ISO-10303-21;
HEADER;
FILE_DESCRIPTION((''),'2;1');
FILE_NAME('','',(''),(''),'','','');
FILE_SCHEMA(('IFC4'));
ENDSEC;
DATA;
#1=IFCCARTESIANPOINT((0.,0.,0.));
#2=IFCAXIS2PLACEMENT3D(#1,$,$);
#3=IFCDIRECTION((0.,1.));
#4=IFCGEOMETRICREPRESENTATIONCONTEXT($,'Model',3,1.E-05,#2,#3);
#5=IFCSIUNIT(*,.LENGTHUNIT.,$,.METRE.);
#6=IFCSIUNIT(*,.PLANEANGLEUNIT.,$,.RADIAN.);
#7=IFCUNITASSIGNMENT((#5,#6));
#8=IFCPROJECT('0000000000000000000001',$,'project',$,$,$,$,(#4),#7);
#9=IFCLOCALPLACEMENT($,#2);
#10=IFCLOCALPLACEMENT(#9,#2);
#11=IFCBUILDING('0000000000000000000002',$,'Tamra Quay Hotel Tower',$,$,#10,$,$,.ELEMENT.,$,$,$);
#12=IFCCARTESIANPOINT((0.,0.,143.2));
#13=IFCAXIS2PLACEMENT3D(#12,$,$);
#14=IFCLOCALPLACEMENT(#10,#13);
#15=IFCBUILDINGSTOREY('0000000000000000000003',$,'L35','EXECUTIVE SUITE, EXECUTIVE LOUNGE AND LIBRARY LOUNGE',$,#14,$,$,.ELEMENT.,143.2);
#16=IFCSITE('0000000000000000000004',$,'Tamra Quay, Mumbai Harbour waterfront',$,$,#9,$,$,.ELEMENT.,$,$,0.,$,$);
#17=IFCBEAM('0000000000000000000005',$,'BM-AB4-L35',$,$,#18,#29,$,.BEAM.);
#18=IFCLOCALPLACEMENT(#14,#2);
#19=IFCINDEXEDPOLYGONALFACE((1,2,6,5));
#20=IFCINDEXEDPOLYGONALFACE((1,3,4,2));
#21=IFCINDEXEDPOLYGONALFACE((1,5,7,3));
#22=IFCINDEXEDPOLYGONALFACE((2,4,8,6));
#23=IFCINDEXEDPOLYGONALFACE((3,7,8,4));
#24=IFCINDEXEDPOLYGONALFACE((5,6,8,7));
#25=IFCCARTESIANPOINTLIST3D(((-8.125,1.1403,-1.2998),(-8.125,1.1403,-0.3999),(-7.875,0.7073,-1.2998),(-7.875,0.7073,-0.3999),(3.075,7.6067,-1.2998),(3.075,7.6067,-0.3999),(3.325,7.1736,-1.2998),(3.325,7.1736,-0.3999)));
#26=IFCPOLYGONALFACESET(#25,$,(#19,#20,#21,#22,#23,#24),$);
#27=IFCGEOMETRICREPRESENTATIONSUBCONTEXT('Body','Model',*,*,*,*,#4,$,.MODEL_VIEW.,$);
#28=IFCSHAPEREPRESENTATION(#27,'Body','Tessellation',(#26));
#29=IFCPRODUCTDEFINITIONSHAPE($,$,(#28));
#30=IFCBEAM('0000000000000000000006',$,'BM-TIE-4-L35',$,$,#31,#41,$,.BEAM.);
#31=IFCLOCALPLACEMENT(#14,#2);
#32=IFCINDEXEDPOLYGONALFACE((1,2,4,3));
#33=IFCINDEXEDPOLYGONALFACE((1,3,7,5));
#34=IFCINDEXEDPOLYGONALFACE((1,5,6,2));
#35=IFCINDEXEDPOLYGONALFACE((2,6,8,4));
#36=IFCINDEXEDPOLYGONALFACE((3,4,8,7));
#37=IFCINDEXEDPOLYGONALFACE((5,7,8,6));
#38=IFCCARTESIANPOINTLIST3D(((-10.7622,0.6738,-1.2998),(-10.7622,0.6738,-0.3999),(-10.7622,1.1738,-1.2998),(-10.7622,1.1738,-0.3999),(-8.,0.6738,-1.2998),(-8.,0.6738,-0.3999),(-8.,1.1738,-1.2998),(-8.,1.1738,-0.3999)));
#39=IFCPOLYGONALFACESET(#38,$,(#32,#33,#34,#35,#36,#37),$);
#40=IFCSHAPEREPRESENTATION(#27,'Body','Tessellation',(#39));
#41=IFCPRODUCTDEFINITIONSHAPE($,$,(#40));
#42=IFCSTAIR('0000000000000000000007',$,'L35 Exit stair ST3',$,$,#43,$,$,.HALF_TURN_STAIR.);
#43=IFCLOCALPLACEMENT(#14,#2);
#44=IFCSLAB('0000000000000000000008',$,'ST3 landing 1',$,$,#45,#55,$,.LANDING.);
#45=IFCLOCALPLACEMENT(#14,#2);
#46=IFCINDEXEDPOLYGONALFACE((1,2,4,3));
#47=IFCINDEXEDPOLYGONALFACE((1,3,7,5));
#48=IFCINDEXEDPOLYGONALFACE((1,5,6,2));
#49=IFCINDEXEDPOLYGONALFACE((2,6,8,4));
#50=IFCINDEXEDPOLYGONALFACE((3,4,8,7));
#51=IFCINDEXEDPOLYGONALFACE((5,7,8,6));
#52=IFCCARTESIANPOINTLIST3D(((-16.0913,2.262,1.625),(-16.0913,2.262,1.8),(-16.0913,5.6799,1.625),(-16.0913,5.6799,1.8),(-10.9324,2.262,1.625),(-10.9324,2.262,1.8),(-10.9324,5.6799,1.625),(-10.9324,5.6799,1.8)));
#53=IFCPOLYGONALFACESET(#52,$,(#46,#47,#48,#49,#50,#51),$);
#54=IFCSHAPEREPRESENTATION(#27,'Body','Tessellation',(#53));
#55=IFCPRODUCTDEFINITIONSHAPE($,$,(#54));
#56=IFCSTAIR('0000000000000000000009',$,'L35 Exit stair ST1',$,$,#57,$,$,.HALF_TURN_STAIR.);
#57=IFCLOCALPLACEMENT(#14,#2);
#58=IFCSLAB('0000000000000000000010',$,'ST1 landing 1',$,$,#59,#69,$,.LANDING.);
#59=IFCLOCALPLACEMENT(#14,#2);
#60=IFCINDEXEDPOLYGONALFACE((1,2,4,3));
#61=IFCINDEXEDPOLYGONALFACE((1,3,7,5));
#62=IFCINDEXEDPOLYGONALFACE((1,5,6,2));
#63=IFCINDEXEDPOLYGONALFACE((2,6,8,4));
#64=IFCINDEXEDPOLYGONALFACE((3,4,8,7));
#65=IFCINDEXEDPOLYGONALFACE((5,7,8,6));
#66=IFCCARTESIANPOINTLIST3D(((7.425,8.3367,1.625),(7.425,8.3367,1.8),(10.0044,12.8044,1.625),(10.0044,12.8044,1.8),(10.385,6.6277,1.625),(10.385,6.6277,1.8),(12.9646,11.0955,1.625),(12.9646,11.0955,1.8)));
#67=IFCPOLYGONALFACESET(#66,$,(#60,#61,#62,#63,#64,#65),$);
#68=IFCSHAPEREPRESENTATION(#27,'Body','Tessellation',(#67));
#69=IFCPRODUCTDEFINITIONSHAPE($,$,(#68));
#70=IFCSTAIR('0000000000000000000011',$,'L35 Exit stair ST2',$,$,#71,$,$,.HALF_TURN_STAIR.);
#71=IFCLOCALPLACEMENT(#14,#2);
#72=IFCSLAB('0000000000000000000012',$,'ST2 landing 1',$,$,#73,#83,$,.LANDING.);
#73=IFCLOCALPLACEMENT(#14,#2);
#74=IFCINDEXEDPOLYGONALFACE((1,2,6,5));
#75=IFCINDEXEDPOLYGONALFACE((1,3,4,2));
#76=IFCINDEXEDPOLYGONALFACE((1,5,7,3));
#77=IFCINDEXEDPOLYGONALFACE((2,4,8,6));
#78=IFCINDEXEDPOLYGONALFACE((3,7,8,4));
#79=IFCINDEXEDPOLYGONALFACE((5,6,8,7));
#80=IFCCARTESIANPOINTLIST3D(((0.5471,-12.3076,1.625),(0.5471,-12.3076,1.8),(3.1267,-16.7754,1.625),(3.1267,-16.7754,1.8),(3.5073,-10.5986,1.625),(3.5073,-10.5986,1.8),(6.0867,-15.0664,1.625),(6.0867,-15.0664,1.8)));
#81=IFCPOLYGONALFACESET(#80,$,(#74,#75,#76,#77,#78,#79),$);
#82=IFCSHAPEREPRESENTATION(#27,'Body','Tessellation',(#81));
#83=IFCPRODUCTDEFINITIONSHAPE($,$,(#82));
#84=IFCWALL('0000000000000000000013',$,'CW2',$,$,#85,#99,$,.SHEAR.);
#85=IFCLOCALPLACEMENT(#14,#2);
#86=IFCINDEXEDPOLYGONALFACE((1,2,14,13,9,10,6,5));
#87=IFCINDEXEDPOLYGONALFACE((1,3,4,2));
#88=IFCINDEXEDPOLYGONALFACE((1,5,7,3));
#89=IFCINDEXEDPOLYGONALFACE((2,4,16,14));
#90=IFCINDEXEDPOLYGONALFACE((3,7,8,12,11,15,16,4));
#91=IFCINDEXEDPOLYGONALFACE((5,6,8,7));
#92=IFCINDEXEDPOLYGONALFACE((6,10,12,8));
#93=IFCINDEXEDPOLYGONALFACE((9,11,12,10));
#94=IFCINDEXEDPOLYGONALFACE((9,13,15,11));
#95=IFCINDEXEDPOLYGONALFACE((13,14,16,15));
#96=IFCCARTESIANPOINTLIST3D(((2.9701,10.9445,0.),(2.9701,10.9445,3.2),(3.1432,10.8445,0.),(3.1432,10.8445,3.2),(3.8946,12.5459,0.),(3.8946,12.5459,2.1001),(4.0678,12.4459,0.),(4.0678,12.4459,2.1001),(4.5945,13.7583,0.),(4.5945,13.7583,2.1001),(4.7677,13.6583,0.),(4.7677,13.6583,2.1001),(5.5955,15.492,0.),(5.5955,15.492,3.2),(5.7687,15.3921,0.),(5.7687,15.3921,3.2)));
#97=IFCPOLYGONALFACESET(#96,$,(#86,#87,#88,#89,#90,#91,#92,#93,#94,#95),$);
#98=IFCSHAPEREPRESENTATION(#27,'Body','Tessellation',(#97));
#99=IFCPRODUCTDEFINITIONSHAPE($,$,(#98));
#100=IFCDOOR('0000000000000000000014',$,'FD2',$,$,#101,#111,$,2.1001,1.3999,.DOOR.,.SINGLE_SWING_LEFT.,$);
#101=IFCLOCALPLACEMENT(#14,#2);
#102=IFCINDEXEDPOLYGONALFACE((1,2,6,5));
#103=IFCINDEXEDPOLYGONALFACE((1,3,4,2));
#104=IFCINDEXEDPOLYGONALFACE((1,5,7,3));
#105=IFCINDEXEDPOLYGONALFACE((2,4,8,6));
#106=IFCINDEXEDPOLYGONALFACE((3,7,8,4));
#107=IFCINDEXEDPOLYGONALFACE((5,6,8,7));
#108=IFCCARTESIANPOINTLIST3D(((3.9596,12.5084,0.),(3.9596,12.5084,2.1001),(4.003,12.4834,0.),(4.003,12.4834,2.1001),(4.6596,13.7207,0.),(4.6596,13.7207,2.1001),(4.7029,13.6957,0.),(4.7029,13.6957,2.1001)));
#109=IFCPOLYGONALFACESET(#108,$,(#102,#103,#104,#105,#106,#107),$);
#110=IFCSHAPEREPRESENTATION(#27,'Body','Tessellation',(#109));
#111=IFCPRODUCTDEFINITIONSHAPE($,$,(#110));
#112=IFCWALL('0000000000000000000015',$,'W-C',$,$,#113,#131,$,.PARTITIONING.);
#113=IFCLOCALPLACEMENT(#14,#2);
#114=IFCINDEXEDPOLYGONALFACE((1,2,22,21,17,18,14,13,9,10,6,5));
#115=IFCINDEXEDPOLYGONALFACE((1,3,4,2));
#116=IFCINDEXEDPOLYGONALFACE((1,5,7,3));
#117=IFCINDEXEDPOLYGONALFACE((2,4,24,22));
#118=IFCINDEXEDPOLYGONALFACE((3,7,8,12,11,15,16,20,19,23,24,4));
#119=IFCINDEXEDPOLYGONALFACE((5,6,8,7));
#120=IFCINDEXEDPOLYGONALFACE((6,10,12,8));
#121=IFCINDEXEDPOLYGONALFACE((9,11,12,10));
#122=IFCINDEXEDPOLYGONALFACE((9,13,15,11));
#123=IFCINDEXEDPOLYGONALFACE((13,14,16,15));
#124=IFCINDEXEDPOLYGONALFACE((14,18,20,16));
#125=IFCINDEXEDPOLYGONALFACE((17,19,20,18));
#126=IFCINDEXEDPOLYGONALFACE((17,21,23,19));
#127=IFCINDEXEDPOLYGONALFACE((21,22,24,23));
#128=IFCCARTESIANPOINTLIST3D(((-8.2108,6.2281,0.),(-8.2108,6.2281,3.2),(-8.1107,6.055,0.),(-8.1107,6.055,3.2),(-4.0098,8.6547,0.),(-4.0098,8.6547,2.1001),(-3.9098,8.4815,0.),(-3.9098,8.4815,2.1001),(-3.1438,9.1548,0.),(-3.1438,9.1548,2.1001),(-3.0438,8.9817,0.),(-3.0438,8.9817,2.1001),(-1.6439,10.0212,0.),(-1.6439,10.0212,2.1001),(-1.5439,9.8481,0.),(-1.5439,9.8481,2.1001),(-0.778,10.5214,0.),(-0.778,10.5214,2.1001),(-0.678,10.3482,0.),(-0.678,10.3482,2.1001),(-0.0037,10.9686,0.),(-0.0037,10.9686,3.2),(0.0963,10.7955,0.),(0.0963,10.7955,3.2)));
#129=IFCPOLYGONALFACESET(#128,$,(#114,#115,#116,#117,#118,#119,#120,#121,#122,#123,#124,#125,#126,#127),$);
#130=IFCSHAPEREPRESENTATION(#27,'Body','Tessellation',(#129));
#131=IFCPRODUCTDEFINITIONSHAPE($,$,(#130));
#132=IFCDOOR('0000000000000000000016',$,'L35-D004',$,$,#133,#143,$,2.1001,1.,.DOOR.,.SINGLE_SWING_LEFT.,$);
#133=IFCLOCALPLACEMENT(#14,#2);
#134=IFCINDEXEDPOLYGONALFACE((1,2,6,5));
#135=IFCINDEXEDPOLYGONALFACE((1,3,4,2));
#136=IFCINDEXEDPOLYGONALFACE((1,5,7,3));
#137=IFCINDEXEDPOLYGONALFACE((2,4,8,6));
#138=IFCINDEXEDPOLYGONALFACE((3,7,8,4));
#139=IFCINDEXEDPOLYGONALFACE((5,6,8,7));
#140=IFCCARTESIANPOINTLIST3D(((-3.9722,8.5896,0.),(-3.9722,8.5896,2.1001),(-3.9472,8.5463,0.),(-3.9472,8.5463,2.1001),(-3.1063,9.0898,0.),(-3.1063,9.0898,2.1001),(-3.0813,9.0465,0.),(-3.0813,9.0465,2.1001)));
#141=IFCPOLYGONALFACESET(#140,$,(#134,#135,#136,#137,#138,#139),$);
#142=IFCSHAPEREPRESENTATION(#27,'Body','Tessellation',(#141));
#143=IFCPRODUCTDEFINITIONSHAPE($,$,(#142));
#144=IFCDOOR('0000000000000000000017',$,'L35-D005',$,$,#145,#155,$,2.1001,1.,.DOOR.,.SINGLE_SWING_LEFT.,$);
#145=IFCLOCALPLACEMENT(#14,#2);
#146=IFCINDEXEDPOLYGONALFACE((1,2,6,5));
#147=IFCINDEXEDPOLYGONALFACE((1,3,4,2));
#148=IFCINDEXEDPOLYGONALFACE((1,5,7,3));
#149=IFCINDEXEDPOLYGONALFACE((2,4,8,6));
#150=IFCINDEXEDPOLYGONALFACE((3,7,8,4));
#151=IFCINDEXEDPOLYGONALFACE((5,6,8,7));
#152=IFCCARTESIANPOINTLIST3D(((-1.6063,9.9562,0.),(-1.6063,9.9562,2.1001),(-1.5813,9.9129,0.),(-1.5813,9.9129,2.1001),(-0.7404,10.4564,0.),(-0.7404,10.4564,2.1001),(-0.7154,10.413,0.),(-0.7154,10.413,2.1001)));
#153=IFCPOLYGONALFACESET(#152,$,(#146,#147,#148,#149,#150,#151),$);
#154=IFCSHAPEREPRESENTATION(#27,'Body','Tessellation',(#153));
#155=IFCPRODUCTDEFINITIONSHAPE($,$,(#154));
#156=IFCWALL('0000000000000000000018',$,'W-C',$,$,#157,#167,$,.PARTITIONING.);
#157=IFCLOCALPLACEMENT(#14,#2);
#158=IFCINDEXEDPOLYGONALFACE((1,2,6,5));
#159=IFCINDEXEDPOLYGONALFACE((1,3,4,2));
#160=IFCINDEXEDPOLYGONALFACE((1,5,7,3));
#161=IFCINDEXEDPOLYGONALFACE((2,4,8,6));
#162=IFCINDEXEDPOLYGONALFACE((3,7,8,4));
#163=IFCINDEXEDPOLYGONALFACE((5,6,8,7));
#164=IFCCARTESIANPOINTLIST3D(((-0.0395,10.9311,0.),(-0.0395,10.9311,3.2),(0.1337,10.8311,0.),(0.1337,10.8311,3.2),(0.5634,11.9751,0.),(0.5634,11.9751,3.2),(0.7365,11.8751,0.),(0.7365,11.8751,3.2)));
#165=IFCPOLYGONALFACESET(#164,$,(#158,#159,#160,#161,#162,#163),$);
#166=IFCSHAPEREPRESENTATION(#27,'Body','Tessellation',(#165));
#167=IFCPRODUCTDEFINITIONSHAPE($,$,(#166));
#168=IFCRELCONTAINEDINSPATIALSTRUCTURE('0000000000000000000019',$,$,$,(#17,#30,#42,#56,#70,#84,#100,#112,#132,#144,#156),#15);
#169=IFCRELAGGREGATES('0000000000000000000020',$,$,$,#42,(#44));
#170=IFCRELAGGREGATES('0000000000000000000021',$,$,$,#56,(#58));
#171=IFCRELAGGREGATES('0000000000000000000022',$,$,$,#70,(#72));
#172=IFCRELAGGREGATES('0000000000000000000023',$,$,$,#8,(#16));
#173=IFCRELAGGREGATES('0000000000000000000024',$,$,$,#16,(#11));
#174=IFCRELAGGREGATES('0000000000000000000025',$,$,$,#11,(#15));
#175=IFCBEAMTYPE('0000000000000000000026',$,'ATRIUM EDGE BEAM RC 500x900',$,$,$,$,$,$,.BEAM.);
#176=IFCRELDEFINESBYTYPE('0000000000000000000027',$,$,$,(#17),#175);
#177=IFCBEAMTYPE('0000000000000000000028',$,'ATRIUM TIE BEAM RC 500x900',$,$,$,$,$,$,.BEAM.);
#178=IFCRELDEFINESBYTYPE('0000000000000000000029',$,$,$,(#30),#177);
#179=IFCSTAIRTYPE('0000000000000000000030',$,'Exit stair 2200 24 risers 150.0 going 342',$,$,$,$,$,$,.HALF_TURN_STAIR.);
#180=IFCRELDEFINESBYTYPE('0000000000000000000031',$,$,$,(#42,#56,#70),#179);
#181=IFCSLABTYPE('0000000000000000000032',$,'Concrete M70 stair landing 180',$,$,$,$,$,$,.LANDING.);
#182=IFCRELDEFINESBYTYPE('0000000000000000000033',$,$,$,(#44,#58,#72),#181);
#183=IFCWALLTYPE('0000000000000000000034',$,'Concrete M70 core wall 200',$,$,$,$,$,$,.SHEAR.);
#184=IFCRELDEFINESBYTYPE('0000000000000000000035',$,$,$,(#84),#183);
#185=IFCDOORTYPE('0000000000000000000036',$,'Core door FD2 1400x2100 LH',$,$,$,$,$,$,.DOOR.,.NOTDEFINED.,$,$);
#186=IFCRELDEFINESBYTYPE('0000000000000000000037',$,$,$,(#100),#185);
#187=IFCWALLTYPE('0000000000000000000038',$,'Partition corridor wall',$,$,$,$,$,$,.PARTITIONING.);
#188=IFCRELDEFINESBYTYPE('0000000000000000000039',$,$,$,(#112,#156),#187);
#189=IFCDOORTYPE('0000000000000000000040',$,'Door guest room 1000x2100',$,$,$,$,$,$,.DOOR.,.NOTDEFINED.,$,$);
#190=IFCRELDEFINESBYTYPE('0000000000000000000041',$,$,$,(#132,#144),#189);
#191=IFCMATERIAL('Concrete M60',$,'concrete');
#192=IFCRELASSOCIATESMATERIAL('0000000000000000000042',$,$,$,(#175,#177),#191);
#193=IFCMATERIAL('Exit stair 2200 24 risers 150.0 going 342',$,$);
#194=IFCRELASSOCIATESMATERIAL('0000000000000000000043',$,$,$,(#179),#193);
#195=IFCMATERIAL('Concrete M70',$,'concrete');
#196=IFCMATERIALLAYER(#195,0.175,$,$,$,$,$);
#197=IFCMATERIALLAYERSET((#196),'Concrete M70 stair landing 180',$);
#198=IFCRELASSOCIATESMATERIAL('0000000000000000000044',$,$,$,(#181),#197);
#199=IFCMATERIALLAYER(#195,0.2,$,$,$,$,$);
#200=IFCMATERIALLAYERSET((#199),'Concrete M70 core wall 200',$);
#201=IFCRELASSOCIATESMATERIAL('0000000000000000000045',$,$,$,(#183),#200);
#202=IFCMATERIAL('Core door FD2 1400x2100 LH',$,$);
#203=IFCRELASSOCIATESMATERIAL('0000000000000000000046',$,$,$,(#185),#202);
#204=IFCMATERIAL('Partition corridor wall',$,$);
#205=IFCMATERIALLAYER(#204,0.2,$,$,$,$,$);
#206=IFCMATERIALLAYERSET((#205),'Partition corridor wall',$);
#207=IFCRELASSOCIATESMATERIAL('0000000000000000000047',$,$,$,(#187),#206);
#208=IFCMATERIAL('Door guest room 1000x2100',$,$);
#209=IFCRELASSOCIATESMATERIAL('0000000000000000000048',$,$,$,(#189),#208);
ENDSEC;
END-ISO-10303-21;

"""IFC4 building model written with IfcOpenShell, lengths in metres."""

from ifc_helpers import new_model, si_unit, direction, frame, frame_2d, origin, origin_2d, place, context, subcontext, project, spatial, polyline, rectangle, outline, extrude, material, layer, layer_set, material_profile, profile_set, type_object, element, fill, aggregate, save


model = new_model("IFC4")

# Units and contexts
model_context = context("Model", 3, precision=1e-05, world=origin(), true_north=direction((0.0, 1.0)))
body_context = subcontext(model_context, "Body", "Model", "MODEL_VIEW")
ifc_project = project(units=[si_unit("LENGTHUNIT", "METRE"), si_unit("PLANEANGLEUNIT", "RADIAN")], contexts=[model_context])

# Site, building, storey
site_placement = place(None, origin())
site = spatial("IfcSite", under=ifc_project, at=site_placement, Name="Tamra Quay, Mumbai Harbour waterfront", CompositionType="ELEMENT", RefElevation=0.0)
building_placement = place(site_placement, origin())
building = spatial("IfcBuilding", under=site, at=building_placement, Name="Tamra Quay Hotel Tower", CompositionType="ELEMENT")
storey_placement = place(building_placement, frame((0.0, 0.0, 143.2)))
storey = spatial("IfcBuildingStorey", under=building, at=storey_placement, Name="L35", Description="EXECUTIVE SUITE, EXECUTIVE LOUNGE AND LIBRARY LOUNGE", CompositionType="ELEMENT", Elevation=143.2)

# Beams
ifc_material_1 = material(Name="Concrete M60", Category="concrete")
ifc_material_profile_1 = material_profile(ifc_material_1, rectangle(XDim=0.5, YDim=0.8999, at=origin_2d()), Name="ATRIUM EDGE BEAM RC 500x900")
ifc_profile_set_1 = profile_set([ifc_material_profile_1], Name="Concrete M60")
beam_type_1 = type_object("IfcBeamType", Name="ATRIUM EDGE BEAM RC 500x900", PredefinedType="BEAM", material=ifc_profile_set_1)
beam_1_placement = place(storey_placement, frame((-8.0, 0.9238, -0.8499), z_axis=(0.866025, 0.500001, 0.0), x_axis=(-0.500001, 0.866025, 0.0)))
element("IfcBeam", 1, at=beam_1_placement, inside=storey, type_object=beam_type_1, Name="BM-AB4-L35", PredefinedType="BEAM", context=body_context, shape_type="SweptSolid", body=[
    extrude(rectangle(XDim=0.5, YDim=0.8999, at=origin_2d()), origin(), (0.0, 0.0, 1.0), 12.9326),
])
ifc_material_profile_2 = material_profile(ifc_material_1, rectangle(XDim=0.5, YDim=0.8999, at=origin_2d()), Name="ATRIUM TIE BEAM RC 500x900")
ifc_profile_set_2 = profile_set([ifc_material_profile_2], Name="Concrete M60")
beam_type_2 = type_object("IfcBeamType", Name="ATRIUM TIE BEAM RC 500x900", PredefinedType="BEAM", material=ifc_profile_set_2)
beam_2_placement = place(storey_placement, frame((-8.0, 0.9238, -0.8499), z_axis=(-1.0, 0.0, 0.0), x_axis=(0.0, -1.0, 0.0)))
element("IfcBeam", 2, at=beam_2_placement, inside=storey, type_object=beam_type_2, Name="BM-TIE-4-L35", PredefinedType="BEAM", context=body_context, shape_type="SweptSolid", body=[
    extrude(rectangle(XDim=0.5, YDim=0.8999, at=origin_2d()), origin(), (0.0, 0.0, 1.0), 2.7622),
])

# Stairs, slabs
ifc_material_2 = material(Name="Exit stair 2200 24 risers 150.0 going 342")
stair_type = type_object("IfcStairType", Name="Exit stair 2200 24 risers 150.0 going 342", PredefinedType="HALF_TURN_STAIR", material=ifc_material_2)
stair_1_placement = place(storey_placement, origin())
stair_1 = element("IfcStair", 3, at=stair_1_placement, inside=storey, type_object=stair_type, Name="L35 Exit stair ST3", PredefinedType="HALF_TURN_STAIR")
ifc_material_3 = material(Name="Concrete M70", Category="concrete")
ifc_layer_1 = layer(ifc_material_3, 0.175)
ifc_layer_set_1 = layer_set([ifc_layer_1], Name="Concrete M70 stair landing 180")
slab_type = type_object("IfcSlabType", Name="Concrete M70 stair landing 180", PredefinedType="LANDING", material=ifc_layer_set_1)
slab_1_placement = place(storey_placement, frame((0.0, 0.0, 1.625)))
slab_1 = element("IfcSlab", 4, at=slab_1_placement, type_object=slab_type, Name="ST3 landing 1", PredefinedType="LANDING", context=body_context, shape_type="SweptSolid", body=[
    extrude(outline(polyline([(-10.9324, 2.262), (-10.9324, 5.6799), (-16.0913, 5.6799), (-16.0913, 2.262), (-10.9324, 2.262)])), origin(), (0.0, 0.0, 1.0), 0.175),
])
aggregate(stair_1, [slab_1])
stair_2_placement = place(storey_placement, origin())
stair_2 = element("IfcStair", 5, at=stair_2_placement, inside=storey, type_object=stair_type, Name="L35 Exit stair ST1", PredefinedType="HALF_TURN_STAIR")
slab_2_placement = place(storey_placement, frame((0.0, 0.0, 1.625)))
slab_2 = element("IfcSlab", 6, at=slab_2_placement, type_object=slab_type, Name="ST1 landing 1", PredefinedType="LANDING", context=body_context, shape_type="SweptSolid", body=[
    extrude(outline(polyline([(7.425, 8.3367), (10.385, 6.6277), (12.9646, 11.0955), (10.0044, 12.8044), (7.425, 8.3367)])), origin(), (0.0, 0.0, 1.0), 0.175),
])
aggregate(stair_2, [slab_2])
stair_3_placement = place(storey_placement, origin())
stair_3 = element("IfcStair", 7, at=stair_3_placement, inside=storey, type_object=stair_type, Name="L35 Exit stair ST2", PredefinedType="HALF_TURN_STAIR")
slab_3_placement = place(storey_placement, frame((0.0, 0.0, 1.625)))
slab_3 = element("IfcSlab", 8, at=slab_3_placement, type_object=slab_type, Name="ST2 landing 1", PredefinedType="LANDING", context=body_context, shape_type="SweptSolid", body=[
    extrude(outline(polyline([(3.5073, -10.5986), (0.5471, -12.3076), (3.1267, -16.7754), (6.0867, -15.0664), (3.5073, -10.5986)])), origin(), (0.0, 0.0, 1.0), 0.175),
])
aggregate(stair_3, [slab_3])

# Wall, opening, door
ifc_layer_2 = layer(ifc_material_3, 0.2)
ifc_layer_set_2 = layer_set([ifc_layer_2], Name="Concrete M70 core wall 200")
wall_type_1 = type_object("IfcWallType", Name="Concrete M70 core wall 200", PredefinedType="SHEAR", material=ifc_layer_set_2)
wall_1_placement = place(storey_placement, frame((3.0566, 10.8945, 0.0), z_axis=(0.0, 0.0, 1.0), x_axis=(0.499989, 0.866032, 0.0)))
wall_1 = element("IfcWall", 9, at=wall_1_placement, inside=storey, type_object=wall_type_1, Name="CW2", PredefinedType="SHEAR", context=body_context, shape_type="SweptSolid", body=[
    extrude(rectangle(XDim=5.251, YDim=0.2, at=frame_2d((2.6255, 0.0))), origin(), (0.0, 0.0, 1.0), 3.2),
])
opening_1_placement = place(wall_1_placement, frame((1.8491, 0.0, 0.0)))
opening_1 = element("IfcOpeningElement", 10, at=opening_1_placement, cuts=wall_1, PredefinedType="OPENING", context=body_context, shape_type="SweptSolid", body=[
    extrude(rectangle(XDim=1.3999, YDim=2.1001, at=frame_2d((0.7, 1.05))), frame((0.0, 0.1099, 0.0), z_axis=(0.0, -1.0, 0.0), x_axis=(1.0, 0.0, 0.0)), (0.0, 0.0, 1.0), 0.22),
])
ifc_material_4 = material(Name="Core door FD2 1400x2100 LH")
door_type_1 = type_object("IfcDoorType", Name="Core door FD2 1400x2100 LH", OperationType="NOTDEFINED", PredefinedType="DOOR", material=ifc_material_4)
door_1_placement = place(opening_1_placement, origin())
door_1 = element("IfcDoor", 11, at=door_1_placement, inside=storey, type_object=door_type_1, Name="FD2", OperationType="SINGLE_SWING_LEFT", OverallHeight=2.1001, OverallWidth=1.3999, PredefinedType="DOOR", context=body_context, shape_type="SweptSolid", body=[
    extrude(rectangle(XDim=1.3999, YDim=2.1001, at=frame_2d((0.7, 1.05))), frame((0.0, 0.0249, 0.0), z_axis=(0.0, -1.0, 0.0), x_axis=(1.0, 0.0, 0.0)), (0.0, 0.0, 1.0), 0.05),
])
fill(opening_1, door_1)

# Wall, openings, doors
ifc_material_5 = material(Name="Partition corridor wall")
ifc_layer_3 = layer(ifc_material_5, 0.2)
ifc_layer_set_3 = layer_set([ifc_layer_3], Name="Partition corridor wall")
wall_type_2 = type_object("IfcWallType", Name="Partition corridor wall", PredefinedType="PARTITIONING", material=ifc_layer_set_3)
wall_2_placement = place(storey_placement, frame((-8.1606, 6.1416, 0.0), z_axis=(0.0, 0.0, 1.0), x_axis=(0.865927, 0.50017, 0.0)))
wall_2 = element("IfcWall", 12, at=wall_2_placement, inside=storey, type_object=wall_type_2, Name="W-C", PredefinedType="PARTITIONING", context=body_context, shape_type="SweptSolid", body=[
    extrude(rectangle(XDim=9.4778, YDim=0.2, at=frame_2d((4.7388, 0.0))), origin(), (0.0, 0.0, 1.0), 3.2),
])
opening_2_placement = place(wall_2_placement, frame((4.8513, 0.0, 0.0)))
opening_2 = element("IfcOpeningElement", 13, at=opening_2_placement, cuts=wall_2, PredefinedType="OPENING", context=body_context, shape_type="SweptSolid", body=[
    extrude(rectangle(XDim=1.0, YDim=2.1001, at=frame_2d((0.5, 1.05))), frame((0.0, 0.1099, 0.0), z_axis=(0.0, -1.0, 0.0), x_axis=(1.0, 0.0, 0.0)), (0.0, 0.0, 1.0), 0.22),
])
opening_3_placement = place(wall_2_placement, frame((7.5835, 0.0, 0.0)))
opening_3 = element("IfcOpeningElement", 14, at=opening_3_placement, cuts=wall_2, PredefinedType="OPENING", context=body_context, shape_type="SweptSolid", body=[
    extrude(rectangle(XDim=1.0, YDim=2.1001, at=frame_2d((0.5, 1.05))), frame((0.0, 0.1099, 0.0), z_axis=(0.0, -1.0, 0.0), x_axis=(1.0, 0.0, 0.0)), (0.0, 0.0, 1.0), 0.22),
])
ifc_material_6 = material(Name="Door guest room 1000x2100")
door_type_2 = type_object("IfcDoorType", Name="Door guest room 1000x2100", OperationType="NOTDEFINED", PredefinedType="DOOR", material=ifc_material_6)
door_2_placement = place(opening_2_placement, origin())
door_2 = element("IfcDoor", 15, at=door_2_placement, inside=storey, type_object=door_type_2, Name="L35-D004", OperationType="SINGLE_SWING_LEFT", OverallHeight=2.1001, OverallWidth=1.0, PredefinedType="DOOR", context=body_context, shape_type="SweptSolid", body=[
    extrude(rectangle(XDim=1.0, YDim=2.1001, at=frame_2d((0.5, 1.05))), frame((0.0, 0.0249, 0.0), z_axis=(0.0, -1.0, 0.0), x_axis=(1.0, 0.0, 0.0)), (0.0, 0.0, 1.0), 0.05),
])
fill(opening_2, door_2)
door_3_placement = place(opening_3_placement, origin())
door_3 = element("IfcDoor", 16, at=door_3_placement, inside=storey, type_object=door_type_2, Name="L35-D005", OperationType="SINGLE_SWING_LEFT", OverallHeight=2.1001, OverallWidth=1.0, PredefinedType="DOOR", context=body_context, shape_type="SweptSolid", body=[
    extrude(rectangle(XDim=1.0, YDim=2.1001, at=frame_2d((0.5, 1.05))), frame((0.0, 0.0249, 0.0), z_axis=(0.0, -1.0, 0.0), x_axis=(1.0, 0.0, 0.0)), (0.0, 0.0, 1.0), 0.05),
])
fill(opening_3, door_3)

# Wall
wall_3_placement = place(storey_placement, frame((0.0471, 10.8811, 0.0), z_axis=(0.0, 0.0, 1.0), x_axis=(0.500038, 0.866003, 0.0)))
element("IfcWall", 17, at=wall_3_placement, inside=storey, type_object=wall_type_2, Name="W-C", PredefinedType="PARTITIONING", context=body_context, shape_type="SweptSolid", body=[
    extrude(rectangle(XDim=1.2056, YDim=0.2, at=frame_2d((0.6028, 0.0))), origin(), (0.0, 0.0, 1.0), 3.2),
])

save(model, "model.ifc")
